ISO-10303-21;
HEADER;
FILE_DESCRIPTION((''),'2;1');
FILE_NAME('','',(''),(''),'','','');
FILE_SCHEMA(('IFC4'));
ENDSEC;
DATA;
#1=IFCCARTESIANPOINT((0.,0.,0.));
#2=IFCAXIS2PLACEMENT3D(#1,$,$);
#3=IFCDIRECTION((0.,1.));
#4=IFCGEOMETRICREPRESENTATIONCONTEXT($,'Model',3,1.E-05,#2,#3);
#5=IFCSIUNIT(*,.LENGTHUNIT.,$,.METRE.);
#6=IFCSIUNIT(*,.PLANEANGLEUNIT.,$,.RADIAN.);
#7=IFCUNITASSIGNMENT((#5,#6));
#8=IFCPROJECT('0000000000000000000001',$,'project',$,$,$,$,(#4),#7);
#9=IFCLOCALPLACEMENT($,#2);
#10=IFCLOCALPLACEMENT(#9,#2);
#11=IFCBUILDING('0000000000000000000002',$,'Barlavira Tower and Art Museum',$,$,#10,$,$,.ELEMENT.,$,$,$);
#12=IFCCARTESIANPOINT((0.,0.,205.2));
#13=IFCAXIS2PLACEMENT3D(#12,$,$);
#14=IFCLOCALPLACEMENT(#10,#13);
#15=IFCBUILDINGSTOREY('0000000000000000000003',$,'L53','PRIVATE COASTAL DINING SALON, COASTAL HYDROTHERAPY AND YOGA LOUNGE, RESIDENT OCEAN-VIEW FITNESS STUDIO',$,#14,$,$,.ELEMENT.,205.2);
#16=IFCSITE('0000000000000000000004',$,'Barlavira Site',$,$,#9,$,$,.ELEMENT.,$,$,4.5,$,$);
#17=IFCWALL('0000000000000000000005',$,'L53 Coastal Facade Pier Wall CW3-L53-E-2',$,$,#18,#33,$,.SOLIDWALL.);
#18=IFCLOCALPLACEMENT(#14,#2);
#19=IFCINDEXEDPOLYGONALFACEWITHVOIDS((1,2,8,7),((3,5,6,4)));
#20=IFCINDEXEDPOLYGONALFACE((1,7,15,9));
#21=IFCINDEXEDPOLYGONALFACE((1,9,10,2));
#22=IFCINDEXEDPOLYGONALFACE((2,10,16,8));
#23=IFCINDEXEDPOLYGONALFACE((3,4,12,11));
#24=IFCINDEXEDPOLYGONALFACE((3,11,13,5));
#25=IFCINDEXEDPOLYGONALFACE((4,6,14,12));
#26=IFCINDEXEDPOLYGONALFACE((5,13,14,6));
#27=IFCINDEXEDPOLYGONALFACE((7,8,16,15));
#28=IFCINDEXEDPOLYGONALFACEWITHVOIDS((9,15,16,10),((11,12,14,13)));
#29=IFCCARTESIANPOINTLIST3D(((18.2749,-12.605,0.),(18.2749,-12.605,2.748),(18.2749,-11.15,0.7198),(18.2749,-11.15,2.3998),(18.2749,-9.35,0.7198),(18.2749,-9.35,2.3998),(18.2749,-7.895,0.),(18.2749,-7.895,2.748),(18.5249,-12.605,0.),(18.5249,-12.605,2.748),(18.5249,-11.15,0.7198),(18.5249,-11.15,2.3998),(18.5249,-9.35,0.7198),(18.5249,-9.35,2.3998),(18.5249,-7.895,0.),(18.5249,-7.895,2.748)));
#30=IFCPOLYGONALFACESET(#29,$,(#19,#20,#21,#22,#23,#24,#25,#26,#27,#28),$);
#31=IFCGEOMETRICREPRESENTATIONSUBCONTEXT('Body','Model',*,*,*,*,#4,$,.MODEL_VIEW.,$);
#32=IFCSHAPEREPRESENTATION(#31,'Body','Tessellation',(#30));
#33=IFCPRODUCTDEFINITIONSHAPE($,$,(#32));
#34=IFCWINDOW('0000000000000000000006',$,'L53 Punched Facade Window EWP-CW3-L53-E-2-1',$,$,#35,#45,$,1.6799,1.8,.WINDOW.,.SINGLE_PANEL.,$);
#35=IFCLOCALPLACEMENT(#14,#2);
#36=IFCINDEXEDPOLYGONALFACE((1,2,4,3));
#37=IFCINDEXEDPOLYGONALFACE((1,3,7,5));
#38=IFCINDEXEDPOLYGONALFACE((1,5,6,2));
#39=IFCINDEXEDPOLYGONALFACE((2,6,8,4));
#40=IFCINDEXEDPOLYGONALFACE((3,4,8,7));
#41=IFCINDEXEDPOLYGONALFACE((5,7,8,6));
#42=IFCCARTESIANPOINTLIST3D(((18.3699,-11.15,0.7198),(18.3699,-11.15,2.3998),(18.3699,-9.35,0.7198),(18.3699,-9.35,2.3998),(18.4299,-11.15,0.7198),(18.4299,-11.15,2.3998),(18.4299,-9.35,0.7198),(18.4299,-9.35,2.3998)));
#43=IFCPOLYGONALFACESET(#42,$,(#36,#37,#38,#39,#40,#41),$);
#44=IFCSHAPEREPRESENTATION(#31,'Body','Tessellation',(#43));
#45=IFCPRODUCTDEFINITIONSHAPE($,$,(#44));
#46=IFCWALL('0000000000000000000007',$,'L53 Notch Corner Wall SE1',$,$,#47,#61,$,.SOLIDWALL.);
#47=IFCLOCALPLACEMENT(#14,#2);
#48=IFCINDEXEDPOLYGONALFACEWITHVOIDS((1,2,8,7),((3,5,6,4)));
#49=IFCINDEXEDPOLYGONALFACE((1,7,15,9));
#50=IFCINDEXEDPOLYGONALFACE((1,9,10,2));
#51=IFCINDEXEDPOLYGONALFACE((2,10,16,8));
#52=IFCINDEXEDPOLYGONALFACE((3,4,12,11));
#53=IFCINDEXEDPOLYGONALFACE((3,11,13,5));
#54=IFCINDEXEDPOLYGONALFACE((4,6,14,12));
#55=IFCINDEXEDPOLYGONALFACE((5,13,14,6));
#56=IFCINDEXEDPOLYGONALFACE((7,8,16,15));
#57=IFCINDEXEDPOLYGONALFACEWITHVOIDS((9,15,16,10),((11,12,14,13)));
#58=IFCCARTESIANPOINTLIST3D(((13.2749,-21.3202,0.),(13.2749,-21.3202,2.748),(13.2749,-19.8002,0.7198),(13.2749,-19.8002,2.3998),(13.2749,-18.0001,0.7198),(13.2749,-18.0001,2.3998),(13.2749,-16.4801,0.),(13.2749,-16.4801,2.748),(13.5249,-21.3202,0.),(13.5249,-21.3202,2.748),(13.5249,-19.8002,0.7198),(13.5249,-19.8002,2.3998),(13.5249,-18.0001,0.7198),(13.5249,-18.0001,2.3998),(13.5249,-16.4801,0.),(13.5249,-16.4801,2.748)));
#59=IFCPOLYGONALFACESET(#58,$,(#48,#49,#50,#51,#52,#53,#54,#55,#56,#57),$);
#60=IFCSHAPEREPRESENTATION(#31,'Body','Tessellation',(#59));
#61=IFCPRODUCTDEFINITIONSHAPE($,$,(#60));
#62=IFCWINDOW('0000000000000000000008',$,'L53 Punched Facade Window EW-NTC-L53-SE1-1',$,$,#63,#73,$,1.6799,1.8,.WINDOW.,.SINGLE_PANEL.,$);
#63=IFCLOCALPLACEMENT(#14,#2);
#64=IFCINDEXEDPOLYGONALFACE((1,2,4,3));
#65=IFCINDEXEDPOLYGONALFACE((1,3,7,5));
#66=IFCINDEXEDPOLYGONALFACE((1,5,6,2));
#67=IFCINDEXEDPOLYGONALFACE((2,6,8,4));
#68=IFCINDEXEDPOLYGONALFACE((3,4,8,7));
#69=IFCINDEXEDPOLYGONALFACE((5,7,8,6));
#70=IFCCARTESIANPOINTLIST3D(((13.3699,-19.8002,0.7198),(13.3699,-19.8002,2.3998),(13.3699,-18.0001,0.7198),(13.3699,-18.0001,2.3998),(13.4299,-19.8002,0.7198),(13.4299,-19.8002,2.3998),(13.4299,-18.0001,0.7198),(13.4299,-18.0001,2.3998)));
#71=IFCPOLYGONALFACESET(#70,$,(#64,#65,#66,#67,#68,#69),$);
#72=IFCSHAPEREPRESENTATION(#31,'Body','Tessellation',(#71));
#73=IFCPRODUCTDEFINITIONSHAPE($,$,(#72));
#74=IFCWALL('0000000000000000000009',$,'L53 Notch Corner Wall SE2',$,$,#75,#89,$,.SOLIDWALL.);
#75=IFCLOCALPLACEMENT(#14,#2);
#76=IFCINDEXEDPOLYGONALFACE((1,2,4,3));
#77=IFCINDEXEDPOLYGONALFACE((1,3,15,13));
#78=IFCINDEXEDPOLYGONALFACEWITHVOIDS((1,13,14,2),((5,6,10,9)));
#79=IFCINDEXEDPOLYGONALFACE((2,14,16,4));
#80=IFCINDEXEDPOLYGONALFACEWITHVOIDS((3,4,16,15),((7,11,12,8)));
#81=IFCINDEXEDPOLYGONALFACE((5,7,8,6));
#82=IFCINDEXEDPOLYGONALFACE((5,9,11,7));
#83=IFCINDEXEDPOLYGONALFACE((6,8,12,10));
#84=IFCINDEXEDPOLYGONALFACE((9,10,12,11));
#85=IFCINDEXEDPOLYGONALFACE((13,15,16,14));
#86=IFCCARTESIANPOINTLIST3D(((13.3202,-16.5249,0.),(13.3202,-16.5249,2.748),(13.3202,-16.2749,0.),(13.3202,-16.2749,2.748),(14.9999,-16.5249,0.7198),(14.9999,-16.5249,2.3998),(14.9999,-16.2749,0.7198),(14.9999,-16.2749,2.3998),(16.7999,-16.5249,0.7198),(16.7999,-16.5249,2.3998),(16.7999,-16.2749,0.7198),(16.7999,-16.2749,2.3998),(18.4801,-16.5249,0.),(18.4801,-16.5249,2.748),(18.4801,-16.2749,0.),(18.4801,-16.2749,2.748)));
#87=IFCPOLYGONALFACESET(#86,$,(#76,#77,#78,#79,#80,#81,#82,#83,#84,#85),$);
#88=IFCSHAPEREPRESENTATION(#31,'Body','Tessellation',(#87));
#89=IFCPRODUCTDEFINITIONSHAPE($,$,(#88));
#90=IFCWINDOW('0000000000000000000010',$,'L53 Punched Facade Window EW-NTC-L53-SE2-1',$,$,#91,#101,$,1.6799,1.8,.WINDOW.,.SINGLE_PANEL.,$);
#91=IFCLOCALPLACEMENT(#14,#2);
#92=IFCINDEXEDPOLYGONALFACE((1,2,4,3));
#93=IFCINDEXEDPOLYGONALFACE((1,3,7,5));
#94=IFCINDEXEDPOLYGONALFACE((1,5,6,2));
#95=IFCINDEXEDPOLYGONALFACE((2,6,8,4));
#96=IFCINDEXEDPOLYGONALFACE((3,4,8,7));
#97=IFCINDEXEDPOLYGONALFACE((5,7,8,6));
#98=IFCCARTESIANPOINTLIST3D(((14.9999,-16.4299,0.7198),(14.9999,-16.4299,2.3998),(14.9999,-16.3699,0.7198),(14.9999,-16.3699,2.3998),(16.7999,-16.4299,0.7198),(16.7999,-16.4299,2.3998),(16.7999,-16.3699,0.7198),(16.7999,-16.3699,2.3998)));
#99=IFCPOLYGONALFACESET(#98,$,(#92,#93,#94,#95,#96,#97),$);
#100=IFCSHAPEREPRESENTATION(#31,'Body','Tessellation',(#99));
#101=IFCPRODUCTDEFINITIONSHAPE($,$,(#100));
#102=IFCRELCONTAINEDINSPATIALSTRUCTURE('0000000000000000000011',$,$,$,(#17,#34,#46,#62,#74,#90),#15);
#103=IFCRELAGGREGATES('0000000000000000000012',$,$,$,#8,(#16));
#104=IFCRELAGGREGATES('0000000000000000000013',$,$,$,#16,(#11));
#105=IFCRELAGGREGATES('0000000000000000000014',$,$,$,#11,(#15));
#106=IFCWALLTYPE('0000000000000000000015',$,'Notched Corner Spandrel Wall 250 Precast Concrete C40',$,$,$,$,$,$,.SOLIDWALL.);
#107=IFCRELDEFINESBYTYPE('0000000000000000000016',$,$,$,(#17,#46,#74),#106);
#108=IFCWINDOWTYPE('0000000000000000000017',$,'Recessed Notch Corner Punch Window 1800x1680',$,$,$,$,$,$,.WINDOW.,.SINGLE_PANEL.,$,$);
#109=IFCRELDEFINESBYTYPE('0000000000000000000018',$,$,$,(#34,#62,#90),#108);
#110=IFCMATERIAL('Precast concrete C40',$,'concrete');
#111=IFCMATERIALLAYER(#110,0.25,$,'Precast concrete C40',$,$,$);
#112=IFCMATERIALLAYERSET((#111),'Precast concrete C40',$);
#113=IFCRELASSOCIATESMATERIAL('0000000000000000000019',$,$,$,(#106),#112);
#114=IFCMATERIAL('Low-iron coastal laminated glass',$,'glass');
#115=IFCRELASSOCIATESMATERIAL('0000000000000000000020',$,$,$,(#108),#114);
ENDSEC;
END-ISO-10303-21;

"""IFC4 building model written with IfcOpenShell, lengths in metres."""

from ifc_helpers import new_model, si_unit, direction, frame, frame_2d, origin, place, context, subcontext, project, spatial, rectangle, extrude, material, layer, layer_set, type_object, element, fill, save


model = new_model("IFC4")

# Units and contexts
model_context = context("Model", 3, precision=1e-05, world=origin(), true_north=direction((0.0, 1.0)))
body_context = subcontext(model_context, "Body", "Model", "MODEL_VIEW")
ifc_project = project(units=[si_unit("LENGTHUNIT", "METRE"), si_unit("PLANEANGLEUNIT", "RADIAN")], contexts=[model_context])

# Site, building, storey
site_placement = place(None, origin())
site = spatial("IfcSite", under=ifc_project, at=site_placement, Name="Barlavira Site", CompositionType="ELEMENT", RefElevation=4.5)
building_placement = place(site_placement, origin())
building = spatial("IfcBuilding", under=site, at=building_placement, Name="Barlavira Tower and Art Museum", CompositionType="ELEMENT")
storey_placement = place(building_placement, frame((0.0, 0.0, 205.2)))
storey = spatial("IfcBuildingStorey", under=building, at=storey_placement, Name="L53", Description="PRIVATE COASTAL DINING SALON, COASTAL HYDROTHERAPY AND YOGA LOUNGE, RESIDENT OCEAN-VIEW FITNESS STUDIO", CompositionType="ELEMENT", Elevation=205.2)

# Walls, openings, windows
ifc_material_1 = material(Name="Precast concrete C40", Category="concrete")
ifc_layer_1 = layer(ifc_material_1, 0.25, Name="Precast concrete C40")
ifc_layer_set_1 = layer_set([ifc_layer_1], Name="Precast concrete C40")
wall_type_1 = type_object("IfcWallType", Name="Notched Corner Spandrel Wall 250 Precast Concrete C40", PredefinedType="SOLIDWALL", material=ifc_layer_set_1)
ifc_material_2 = material(Name="Low-iron coastal laminated glass", Category="glass")
window_type_1 = type_object("IfcWindowType", Name="Recessed Notch Corner Punch Window 1800x1680", PartitioningType="SINGLE_PANEL", PredefinedType="WINDOW", material=ifc_material_2)
wall_1_placement = place(storey_placement, frame((18.3999, -12.605, 0.0), z_axis=(0.0, 0.0, 1.0), x_axis=(0.0, 1.0, 0.0)))
wall_1 = element("IfcWall", 1, at=wall_1_placement, inside=storey, type_object=wall_type_1, Name="L53 Coastal Facade Pier Wall CW3-L53-E-2", PredefinedType="SOLIDWALL", context=body_context, shape_type="SweptSolid", body=[
    extrude(rectangle(XDim=4.71, YDim=0.25, at=frame_2d((2.355, 0.0))), origin(), (0.0, 0.0, 1.0), 2.748),
])
opening_1_placement = place(wall_1_placement, frame((1.4551, 0.0, 0.72)))
opening_1 = element("IfcOpeningElement", 2, at=opening_1_placement, cuts=wall_1, PredefinedType="OPENING", context=body_context, shape_type="SweptSolid", body=[
    extrude(rectangle(XDim=1.8, YDim=1.6799, at=frame_2d((0.8999, 0.8398))), frame((0.0, 0.135, 0.0), z_axis=(0.0, -1.0, 0.0), x_axis=(1.0, 0.0, 0.0)), (0.0, 0.0, 1.0), 0.27),
])
window_1_placement = place(opening_1_placement, origin())
window_1 = element("IfcWindow", 3, at=window_1_placement, inside=storey, type_object=window_type_1, Name="L53 Punched Facade Window EWP-CW3-L53-E-2-1", OverallHeight=1.6799, OverallWidth=1.8, PartitioningType="SINGLE_PANEL", PredefinedType="WINDOW", context=body_context, shape_type="SweptSolid", body=[
    extrude(rectangle(XDim=1.8, YDim=1.6799, at=frame_2d((0.8999, 0.8398))), frame((0.0, 0.03, 0.0), z_axis=(0.0, -1.0, 0.0), x_axis=(1.0, 0.0, 0.0)), (0.0, 0.0, 1.0), 0.0601),
])
fill(opening_1, window_1)
wall_2_placement = place(storey_placement, frame((13.3999, -21.3201, 0.0), z_axis=(0.0, 0.0, 1.0), x_axis=(0.0, 1.0, 0.0)))
wall_2 = element("IfcWall", 4, at=wall_2_placement, inside=storey, type_object=wall_type_1, Name="L53 Notch Corner Wall SE1", PredefinedType="SOLIDWALL", context=body_context, shape_type="SweptSolid", body=[
    extrude(rectangle(XDim=4.8401, YDim=0.25, at=frame_2d((2.4199, 0.0))), origin(), (0.0, 0.0, 1.0), 2.748),
])
opening_2_placement = place(wall_2_placement, frame((1.52, 0.0, 0.72)))
opening_2 = element("IfcOpeningElement", 5, at=opening_2_placement, cuts=wall_2, PredefinedType="OPENING", context=body_context, shape_type="SweptSolid", body=[
    extrude(rectangle(XDim=1.8, YDim=1.6799, at=frame_2d((0.8999, 0.8398))), frame((0.0, 0.135, 0.0), z_axis=(0.0, -1.0, 0.0), x_axis=(1.0, 0.0, 0.0)), (0.0, 0.0, 1.0), 0.27),
])
window_2_placement = place(opening_2_placement, origin())
window_2 = element("IfcWindow", 6, at=window_2_placement, inside=storey, type_object=window_type_1, Name="L53 Punched Facade Window EW-NTC-L53-SE1-1", OverallHeight=1.6799, OverallWidth=1.8, PartitioningType="SINGLE_PANEL", PredefinedType="WINDOW", context=body_context, shape_type="SweptSolid", body=[
    extrude(rectangle(XDim=1.8, YDim=1.6799, at=frame_2d((0.8999, 0.8398))), frame((0.0, 0.03, 0.0), z_axis=(0.0, -1.0, 0.0), x_axis=(1.0, 0.0, 0.0)), (0.0, 0.0, 1.0), 0.0601),
])
fill(opening_2, window_2)
wall_3_placement = place(storey_placement, frame((13.3201, -16.3999, 0.0), z_axis=(0.0, 0.0, 1.0), x_axis=(1.0, 0.0, 0.0)))
wall_3 = element("IfcWall", 7, at=wall_3_placement, inside=storey, type_object=wall_type_1, Name="L53 Notch Corner Wall SE2", PredefinedType="SOLIDWALL", context=body_context, shape_type="SweptSolid", body=[
    extrude(rectangle(XDim=5.1599, YDim=0.25, at=frame_2d((2.5801, 0.0))), origin(), (0.0, 0.0, 1.0), 2.748),
])
opening_3_placement = place(wall_3_placement, frame((1.6799, 0.0, 0.72)))
opening_3 = element("IfcOpeningElement", 8, at=opening_3_placement, cuts=wall_3, PredefinedType="OPENING", context=body_context, shape_type="SweptSolid", body=[
    extrude(rectangle(XDim=1.8, YDim=1.6799, at=frame_2d((0.8999, 0.8398))), frame((0.0, 0.135, 0.0), z_axis=(0.0, -1.0, 0.0), x_axis=(1.0, 0.0, 0.0)), (0.0, 0.0, 1.0), 0.27),
])
window_3_placement = place(opening_3_placement, origin())
window_3 = element("IfcWindow", 9, at=window_3_placement, inside=storey, type_object=window_type_1, Name="L53 Punched Facade Window EW-NTC-L53-SE2-1", OverallHeight=1.6799, OverallWidth=1.8, PartitioningType="SINGLE_PANEL", PredefinedType="WINDOW", context=body_context, shape_type="SweptSolid", body=[
    extrude(rectangle(XDim=1.8, YDim=1.6799, at=frame_2d((0.8999, 0.8398))), frame((0.0, 0.03, 0.0), z_axis=(0.0, -1.0, 0.0), x_axis=(1.0, 0.0, 0.0)), (0.0, 0.0, 1.0), 0.0601),
])
fill(opening_3, window_3)

save(model, "model.ifc")
